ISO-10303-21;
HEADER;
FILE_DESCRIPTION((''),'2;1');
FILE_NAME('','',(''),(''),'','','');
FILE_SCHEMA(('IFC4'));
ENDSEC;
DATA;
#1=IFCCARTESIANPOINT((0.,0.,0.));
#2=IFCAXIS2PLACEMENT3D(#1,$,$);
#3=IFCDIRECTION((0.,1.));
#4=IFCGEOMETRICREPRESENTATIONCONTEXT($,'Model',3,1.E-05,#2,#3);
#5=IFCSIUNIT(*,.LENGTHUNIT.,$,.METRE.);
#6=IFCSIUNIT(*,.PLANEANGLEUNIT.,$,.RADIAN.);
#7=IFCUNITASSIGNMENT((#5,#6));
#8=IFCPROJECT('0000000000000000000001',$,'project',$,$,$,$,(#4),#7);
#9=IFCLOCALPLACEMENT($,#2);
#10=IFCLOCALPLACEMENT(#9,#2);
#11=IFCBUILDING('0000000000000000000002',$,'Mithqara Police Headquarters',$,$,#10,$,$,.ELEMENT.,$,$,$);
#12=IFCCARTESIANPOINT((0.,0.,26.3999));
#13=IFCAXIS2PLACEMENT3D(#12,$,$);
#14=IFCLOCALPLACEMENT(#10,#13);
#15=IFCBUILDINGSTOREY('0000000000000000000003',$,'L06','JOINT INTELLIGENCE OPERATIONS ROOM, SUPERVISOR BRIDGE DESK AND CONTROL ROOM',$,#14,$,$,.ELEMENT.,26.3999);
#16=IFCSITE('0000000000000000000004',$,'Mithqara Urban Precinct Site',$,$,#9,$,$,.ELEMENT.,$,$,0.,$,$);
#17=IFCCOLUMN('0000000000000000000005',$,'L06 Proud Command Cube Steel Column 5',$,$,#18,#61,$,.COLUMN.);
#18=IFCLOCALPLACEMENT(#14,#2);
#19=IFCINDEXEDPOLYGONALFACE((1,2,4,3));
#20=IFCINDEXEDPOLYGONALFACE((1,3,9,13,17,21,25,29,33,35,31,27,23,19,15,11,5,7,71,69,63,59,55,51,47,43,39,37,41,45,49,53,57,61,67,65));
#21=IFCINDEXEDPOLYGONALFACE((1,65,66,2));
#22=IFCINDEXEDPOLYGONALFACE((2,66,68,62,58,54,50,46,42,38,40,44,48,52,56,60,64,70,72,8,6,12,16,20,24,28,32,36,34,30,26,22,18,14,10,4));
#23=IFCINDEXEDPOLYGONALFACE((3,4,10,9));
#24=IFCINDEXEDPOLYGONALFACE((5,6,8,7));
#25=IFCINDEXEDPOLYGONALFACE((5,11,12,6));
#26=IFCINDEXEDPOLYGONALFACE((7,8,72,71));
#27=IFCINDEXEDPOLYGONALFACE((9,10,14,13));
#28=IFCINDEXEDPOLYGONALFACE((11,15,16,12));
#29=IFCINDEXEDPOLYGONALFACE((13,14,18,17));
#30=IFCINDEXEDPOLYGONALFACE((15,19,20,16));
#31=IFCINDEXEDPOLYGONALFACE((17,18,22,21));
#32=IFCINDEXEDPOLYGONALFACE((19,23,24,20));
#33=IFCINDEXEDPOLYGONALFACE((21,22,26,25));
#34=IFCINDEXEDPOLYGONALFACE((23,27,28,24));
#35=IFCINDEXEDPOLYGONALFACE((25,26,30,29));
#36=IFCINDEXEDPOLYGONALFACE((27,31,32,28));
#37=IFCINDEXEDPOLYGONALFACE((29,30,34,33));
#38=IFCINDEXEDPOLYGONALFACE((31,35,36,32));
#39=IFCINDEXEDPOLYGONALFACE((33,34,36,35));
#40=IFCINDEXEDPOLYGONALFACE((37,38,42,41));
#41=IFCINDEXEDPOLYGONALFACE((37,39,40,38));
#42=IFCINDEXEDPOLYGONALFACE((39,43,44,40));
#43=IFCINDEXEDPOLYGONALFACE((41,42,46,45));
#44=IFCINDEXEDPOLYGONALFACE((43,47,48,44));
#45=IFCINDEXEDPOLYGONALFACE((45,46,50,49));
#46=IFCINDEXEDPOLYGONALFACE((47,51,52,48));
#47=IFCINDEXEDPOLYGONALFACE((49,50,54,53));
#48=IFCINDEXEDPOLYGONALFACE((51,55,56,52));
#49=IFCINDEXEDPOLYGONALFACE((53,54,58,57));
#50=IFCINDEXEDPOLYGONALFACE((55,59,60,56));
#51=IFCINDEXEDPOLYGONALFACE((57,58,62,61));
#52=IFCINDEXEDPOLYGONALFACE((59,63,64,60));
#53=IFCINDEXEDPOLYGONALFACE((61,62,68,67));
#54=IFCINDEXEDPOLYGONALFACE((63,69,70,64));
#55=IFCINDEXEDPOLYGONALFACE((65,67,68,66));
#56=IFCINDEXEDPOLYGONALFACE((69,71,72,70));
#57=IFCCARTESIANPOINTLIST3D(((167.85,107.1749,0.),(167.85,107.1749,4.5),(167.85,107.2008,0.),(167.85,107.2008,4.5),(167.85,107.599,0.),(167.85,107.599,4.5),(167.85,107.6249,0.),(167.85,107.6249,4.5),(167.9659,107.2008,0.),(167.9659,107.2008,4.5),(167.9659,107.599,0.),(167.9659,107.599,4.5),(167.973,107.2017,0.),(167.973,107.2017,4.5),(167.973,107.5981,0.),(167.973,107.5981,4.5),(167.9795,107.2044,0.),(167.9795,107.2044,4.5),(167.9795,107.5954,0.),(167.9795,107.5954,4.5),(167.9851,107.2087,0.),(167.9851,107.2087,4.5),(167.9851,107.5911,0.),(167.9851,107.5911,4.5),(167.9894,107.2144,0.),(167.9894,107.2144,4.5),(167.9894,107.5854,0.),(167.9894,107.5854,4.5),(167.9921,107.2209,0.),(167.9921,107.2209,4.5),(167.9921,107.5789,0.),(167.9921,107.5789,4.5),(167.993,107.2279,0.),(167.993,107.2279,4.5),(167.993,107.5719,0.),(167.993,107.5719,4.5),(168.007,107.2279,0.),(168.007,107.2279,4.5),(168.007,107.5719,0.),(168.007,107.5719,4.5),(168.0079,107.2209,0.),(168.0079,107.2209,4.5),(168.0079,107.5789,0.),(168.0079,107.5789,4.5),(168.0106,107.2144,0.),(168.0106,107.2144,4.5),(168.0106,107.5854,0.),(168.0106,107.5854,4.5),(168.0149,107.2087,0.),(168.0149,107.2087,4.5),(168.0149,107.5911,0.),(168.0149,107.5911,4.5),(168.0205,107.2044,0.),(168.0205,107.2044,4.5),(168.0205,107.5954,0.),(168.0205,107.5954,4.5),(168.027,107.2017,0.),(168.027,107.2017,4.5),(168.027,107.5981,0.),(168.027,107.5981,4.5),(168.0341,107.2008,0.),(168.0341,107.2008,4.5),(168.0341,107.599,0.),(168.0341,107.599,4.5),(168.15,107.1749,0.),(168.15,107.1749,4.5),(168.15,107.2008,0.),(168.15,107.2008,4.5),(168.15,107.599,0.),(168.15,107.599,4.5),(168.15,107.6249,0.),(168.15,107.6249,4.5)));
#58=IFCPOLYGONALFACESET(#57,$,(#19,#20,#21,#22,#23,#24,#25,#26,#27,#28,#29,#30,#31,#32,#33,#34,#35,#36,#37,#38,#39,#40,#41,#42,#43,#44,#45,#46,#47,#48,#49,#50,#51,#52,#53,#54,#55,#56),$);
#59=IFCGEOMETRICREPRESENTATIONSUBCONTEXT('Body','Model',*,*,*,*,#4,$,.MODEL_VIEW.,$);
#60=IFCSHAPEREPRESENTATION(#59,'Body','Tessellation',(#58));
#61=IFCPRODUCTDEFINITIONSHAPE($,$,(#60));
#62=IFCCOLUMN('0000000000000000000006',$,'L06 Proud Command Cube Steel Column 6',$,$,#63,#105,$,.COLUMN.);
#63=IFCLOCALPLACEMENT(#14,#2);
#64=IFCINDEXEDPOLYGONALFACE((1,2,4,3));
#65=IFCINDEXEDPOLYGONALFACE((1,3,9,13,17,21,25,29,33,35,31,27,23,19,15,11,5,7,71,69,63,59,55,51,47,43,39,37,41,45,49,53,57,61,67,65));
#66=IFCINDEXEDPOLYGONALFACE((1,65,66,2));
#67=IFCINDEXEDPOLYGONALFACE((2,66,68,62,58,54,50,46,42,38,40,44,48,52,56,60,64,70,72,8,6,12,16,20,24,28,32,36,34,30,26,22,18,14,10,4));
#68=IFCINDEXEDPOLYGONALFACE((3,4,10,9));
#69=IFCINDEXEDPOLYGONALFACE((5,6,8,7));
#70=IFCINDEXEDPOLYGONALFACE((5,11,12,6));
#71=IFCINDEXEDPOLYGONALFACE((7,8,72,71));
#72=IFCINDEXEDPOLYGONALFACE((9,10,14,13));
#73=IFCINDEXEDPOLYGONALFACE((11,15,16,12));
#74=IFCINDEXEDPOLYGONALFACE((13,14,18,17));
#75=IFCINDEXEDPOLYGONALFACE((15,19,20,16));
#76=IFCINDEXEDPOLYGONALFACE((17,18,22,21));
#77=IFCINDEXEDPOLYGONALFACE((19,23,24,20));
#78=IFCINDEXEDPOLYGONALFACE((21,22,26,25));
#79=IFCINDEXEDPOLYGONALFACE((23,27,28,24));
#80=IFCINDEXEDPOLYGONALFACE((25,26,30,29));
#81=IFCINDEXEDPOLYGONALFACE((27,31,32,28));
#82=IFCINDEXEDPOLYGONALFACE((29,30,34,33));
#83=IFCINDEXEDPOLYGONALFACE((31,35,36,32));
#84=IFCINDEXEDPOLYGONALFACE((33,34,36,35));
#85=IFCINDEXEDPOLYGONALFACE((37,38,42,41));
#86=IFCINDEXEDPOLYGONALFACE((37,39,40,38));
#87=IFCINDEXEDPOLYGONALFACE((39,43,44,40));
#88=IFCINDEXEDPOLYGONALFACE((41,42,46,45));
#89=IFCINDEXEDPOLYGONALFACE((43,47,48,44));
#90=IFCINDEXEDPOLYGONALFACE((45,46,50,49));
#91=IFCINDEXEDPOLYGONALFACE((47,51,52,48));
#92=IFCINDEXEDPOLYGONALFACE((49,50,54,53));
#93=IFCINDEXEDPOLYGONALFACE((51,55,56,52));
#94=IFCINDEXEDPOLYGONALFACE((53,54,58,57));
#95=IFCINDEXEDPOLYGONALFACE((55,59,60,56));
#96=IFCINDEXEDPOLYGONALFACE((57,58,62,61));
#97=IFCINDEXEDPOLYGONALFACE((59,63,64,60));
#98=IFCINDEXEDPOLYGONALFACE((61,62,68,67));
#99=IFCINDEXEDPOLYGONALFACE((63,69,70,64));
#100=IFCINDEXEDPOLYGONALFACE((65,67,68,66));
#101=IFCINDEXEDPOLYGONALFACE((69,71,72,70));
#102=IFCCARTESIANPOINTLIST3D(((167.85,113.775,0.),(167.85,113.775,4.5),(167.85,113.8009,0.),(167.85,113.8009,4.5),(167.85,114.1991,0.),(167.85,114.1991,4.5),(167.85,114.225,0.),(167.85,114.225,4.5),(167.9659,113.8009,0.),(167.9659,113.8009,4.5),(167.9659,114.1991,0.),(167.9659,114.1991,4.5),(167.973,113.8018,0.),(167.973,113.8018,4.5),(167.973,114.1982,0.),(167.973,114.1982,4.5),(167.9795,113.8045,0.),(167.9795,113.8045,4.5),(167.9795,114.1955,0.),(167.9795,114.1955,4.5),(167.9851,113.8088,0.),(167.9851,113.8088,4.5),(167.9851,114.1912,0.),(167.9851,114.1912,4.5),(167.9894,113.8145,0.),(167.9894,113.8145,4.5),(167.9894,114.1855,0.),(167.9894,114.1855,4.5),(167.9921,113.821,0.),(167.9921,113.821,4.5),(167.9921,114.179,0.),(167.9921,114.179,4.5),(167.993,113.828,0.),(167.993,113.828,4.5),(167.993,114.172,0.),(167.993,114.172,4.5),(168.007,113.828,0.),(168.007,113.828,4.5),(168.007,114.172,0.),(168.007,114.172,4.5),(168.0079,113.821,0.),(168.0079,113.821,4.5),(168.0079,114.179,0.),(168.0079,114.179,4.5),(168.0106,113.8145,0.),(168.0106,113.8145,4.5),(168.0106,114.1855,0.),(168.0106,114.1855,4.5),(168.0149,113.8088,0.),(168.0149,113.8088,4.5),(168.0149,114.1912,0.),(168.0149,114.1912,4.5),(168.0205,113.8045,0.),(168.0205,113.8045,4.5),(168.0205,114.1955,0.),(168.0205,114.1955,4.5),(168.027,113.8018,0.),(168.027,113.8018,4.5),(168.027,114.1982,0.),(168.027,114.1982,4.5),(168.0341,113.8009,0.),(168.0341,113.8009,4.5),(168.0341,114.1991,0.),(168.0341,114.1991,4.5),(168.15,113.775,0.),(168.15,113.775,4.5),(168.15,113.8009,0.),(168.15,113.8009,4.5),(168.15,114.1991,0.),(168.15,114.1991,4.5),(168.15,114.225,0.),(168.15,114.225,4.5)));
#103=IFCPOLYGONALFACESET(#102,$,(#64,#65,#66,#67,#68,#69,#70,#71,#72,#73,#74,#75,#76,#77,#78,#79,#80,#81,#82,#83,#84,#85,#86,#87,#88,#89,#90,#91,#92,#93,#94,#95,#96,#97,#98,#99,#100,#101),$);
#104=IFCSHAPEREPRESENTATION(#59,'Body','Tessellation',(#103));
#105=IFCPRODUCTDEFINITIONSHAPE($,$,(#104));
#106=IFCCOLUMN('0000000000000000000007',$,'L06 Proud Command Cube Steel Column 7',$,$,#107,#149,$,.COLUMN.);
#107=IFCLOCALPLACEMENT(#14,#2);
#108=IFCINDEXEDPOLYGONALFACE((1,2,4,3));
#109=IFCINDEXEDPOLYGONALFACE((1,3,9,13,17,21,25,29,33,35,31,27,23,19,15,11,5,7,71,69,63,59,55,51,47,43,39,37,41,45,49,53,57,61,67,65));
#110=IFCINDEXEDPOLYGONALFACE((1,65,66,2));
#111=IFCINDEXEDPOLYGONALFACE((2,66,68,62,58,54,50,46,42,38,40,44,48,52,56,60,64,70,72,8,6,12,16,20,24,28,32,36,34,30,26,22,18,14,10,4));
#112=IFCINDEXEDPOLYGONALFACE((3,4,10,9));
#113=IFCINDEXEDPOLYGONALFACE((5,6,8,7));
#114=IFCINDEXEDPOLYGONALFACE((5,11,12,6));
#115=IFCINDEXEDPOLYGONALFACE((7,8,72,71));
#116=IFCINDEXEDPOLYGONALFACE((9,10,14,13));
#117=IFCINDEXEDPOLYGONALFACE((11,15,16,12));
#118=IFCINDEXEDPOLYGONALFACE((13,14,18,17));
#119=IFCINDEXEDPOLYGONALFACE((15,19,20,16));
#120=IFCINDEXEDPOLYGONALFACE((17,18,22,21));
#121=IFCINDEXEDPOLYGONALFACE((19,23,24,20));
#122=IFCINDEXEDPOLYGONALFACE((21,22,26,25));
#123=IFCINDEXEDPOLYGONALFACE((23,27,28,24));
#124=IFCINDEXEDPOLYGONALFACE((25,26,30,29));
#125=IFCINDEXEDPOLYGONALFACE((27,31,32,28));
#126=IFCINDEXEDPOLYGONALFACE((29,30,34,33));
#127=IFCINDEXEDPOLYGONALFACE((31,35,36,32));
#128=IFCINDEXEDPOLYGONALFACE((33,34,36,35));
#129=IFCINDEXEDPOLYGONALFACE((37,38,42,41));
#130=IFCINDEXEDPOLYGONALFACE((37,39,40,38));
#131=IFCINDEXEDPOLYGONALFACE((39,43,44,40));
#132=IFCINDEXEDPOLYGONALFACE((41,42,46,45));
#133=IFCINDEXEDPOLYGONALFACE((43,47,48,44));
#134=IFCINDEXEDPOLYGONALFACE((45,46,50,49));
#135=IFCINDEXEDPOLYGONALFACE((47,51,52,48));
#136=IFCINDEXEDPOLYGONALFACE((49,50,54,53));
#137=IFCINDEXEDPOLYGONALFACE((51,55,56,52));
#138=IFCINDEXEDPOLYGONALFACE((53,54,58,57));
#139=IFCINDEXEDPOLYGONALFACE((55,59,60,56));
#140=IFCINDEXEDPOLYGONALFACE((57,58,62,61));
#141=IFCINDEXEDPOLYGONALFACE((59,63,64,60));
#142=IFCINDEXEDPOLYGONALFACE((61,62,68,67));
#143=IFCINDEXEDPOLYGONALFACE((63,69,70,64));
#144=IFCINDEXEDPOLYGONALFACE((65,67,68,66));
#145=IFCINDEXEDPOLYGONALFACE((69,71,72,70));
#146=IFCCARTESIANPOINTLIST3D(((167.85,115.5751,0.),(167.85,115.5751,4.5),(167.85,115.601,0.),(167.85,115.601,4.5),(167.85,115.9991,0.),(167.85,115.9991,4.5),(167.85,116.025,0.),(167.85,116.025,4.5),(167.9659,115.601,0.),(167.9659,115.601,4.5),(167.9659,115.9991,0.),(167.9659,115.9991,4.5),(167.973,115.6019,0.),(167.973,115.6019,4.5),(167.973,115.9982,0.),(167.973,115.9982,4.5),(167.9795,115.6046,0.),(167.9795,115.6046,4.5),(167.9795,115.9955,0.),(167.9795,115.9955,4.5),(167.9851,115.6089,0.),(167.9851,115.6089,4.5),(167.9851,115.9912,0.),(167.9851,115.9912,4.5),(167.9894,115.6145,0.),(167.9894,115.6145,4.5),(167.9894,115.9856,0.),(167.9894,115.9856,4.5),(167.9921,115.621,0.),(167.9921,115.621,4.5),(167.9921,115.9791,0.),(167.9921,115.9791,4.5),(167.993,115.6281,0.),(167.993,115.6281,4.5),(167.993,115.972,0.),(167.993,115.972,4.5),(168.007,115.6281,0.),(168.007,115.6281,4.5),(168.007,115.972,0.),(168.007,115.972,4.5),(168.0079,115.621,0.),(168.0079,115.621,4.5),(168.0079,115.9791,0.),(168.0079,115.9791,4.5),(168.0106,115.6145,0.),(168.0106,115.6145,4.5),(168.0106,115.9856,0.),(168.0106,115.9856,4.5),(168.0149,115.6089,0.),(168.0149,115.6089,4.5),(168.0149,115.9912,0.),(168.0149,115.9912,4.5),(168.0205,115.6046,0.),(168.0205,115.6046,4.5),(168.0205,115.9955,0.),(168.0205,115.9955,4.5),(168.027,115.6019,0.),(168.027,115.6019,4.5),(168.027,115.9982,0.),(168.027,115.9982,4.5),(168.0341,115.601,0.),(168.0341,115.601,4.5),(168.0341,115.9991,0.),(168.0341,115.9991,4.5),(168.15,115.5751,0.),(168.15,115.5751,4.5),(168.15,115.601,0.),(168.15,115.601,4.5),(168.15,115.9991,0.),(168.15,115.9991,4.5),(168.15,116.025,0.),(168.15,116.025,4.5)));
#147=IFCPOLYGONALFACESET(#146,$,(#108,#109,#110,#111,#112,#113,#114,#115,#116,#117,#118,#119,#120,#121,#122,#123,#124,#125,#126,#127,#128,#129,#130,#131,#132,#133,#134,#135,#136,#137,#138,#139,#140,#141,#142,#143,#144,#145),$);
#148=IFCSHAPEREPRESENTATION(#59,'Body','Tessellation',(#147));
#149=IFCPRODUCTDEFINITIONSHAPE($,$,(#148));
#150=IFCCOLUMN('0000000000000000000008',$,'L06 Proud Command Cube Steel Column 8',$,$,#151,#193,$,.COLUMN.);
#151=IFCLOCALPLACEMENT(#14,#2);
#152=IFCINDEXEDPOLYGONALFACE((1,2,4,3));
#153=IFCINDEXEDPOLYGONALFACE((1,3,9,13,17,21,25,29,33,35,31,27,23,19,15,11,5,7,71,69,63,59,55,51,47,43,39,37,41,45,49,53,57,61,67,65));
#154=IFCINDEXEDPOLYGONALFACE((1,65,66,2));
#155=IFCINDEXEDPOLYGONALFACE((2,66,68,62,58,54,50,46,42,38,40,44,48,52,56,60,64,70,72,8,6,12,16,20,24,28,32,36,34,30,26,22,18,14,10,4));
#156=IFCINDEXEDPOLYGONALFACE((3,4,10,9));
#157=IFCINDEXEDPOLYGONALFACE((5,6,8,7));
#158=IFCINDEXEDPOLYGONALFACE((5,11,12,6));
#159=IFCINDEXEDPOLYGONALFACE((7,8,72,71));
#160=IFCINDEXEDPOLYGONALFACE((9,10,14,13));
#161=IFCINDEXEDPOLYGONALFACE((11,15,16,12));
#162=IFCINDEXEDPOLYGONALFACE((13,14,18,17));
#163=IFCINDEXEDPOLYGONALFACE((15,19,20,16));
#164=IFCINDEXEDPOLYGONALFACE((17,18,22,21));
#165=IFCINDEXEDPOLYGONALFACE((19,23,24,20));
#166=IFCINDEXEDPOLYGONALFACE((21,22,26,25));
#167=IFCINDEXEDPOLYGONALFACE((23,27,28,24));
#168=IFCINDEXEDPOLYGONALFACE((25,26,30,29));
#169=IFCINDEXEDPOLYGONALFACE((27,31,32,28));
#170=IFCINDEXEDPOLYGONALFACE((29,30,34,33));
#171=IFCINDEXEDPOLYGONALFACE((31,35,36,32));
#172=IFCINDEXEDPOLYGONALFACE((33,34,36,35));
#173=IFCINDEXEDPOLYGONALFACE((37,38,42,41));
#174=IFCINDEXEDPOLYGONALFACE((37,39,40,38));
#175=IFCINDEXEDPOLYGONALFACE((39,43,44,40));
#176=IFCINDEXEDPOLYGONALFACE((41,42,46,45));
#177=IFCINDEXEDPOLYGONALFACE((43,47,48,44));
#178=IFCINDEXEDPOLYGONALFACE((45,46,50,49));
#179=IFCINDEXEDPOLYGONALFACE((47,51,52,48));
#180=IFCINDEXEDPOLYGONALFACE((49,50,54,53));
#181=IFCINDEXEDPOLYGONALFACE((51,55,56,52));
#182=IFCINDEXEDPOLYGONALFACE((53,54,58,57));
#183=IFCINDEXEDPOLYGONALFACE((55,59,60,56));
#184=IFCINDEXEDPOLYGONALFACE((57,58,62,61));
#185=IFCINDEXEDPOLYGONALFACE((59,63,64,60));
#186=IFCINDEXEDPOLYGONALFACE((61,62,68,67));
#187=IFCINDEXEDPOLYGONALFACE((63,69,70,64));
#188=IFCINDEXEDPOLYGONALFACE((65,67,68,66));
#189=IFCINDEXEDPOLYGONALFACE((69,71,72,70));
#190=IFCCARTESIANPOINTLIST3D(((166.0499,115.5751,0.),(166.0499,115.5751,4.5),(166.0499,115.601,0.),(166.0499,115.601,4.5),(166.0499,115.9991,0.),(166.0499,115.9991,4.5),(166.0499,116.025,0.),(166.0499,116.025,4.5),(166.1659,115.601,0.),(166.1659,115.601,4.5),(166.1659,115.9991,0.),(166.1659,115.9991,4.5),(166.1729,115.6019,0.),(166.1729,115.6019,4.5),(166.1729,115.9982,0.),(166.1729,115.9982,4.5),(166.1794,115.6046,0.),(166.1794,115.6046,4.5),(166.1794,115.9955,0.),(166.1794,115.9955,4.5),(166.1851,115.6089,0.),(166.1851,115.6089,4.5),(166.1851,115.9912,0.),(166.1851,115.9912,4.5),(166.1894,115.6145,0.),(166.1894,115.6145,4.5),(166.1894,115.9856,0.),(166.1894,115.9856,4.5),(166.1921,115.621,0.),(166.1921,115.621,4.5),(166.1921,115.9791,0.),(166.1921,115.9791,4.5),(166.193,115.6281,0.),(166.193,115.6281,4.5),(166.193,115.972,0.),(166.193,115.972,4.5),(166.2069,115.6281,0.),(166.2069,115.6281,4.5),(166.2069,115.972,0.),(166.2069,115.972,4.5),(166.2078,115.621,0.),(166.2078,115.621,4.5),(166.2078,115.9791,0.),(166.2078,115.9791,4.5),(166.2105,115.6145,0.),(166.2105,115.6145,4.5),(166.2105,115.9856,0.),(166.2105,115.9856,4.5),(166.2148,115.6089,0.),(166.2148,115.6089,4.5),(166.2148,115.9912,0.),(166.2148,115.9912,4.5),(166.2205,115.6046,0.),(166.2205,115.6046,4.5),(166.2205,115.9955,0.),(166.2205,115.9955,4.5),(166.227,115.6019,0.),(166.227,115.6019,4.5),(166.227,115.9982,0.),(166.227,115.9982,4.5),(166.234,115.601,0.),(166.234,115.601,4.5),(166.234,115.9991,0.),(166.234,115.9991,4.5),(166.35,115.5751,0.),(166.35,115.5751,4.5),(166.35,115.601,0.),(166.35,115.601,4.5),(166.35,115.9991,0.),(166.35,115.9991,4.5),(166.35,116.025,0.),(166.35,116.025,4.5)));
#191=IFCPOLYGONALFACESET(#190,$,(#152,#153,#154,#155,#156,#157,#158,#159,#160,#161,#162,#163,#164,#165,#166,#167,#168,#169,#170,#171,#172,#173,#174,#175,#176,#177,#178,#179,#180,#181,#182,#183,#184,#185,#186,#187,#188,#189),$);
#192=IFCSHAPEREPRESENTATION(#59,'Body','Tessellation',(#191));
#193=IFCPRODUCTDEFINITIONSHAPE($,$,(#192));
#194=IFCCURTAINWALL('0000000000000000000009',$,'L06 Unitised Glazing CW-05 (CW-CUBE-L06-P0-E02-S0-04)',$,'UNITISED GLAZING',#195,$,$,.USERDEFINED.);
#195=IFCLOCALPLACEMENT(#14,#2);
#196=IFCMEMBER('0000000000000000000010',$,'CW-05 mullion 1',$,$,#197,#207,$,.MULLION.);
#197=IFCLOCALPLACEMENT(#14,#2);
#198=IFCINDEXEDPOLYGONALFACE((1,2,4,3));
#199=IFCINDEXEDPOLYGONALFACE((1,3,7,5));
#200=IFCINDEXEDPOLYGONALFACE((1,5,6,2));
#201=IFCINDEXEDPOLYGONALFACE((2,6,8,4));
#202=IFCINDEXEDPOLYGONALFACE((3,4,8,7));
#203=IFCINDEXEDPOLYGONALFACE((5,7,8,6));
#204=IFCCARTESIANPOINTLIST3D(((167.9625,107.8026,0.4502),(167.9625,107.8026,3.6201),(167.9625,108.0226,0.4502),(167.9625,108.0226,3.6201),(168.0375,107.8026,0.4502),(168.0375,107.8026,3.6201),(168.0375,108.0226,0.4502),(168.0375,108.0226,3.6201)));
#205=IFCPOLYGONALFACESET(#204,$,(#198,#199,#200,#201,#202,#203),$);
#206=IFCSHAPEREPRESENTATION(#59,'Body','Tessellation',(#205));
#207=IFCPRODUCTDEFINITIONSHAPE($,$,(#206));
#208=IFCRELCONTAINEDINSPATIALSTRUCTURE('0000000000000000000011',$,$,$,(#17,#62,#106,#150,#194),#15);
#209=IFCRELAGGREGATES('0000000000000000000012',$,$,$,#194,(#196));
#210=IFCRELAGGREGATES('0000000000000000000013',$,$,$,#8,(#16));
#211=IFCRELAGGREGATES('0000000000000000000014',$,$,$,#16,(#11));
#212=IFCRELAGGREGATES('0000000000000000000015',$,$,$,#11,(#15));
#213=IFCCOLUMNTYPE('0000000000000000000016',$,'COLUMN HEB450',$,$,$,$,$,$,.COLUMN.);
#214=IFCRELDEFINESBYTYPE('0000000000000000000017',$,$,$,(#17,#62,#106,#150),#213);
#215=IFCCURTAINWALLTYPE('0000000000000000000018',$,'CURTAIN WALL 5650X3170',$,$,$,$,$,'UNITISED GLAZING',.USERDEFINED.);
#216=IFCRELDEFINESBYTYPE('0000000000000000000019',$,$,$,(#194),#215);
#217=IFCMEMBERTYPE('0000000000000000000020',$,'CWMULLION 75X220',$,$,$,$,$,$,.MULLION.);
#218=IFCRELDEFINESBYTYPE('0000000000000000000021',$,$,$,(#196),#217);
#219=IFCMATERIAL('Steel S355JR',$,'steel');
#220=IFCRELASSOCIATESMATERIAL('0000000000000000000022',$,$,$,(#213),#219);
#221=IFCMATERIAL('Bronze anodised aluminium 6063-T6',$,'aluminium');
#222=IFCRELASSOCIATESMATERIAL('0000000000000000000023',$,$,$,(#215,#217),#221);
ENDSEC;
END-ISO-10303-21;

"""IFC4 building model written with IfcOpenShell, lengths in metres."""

from ifc_helpers import new_model, si_unit, direction, frame, origin, origin_2d, place, context, subcontext, project, spatial, rectangle, i_section, extrude, material, material_profile, profile_set, type_object, element, aggregate, save


model = new_model("IFC4")

# Units and contexts
model_context = context("Model", 3, precision=1e-05, world=origin(), true_north=direction((0.0, 1.0)))
body_context = subcontext(model_context, "Body", "Model", "MODEL_VIEW")
ifc_project = project(units=[si_unit("LENGTHUNIT", "METRE"), si_unit("PLANEANGLEUNIT", "RADIAN")], contexts=[model_context])

# Site, building, storey
site_placement = place(None, origin())
site = spatial("IfcSite", under=ifc_project, at=site_placement, Name="Mithqara Urban Precinct Site", CompositionType="ELEMENT", RefElevation=0.0)
building_placement = place(site_placement, origin())
building = spatial("IfcBuilding", under=site, at=building_placement, Name="Mithqara Police Headquarters", CompositionType="ELEMENT")
storey_placement = place(building_placement, frame((0.0, 0.0, 26.3999)))
storey = spatial("IfcBuildingStorey", under=building, at=storey_placement, Name="L06", Description="JOINT INTELLIGENCE OPERATIONS ROOM, SUPERVISOR BRIDGE DESK AND CONTROL ROOM", CompositionType="ELEMENT", Elevation=26.3999)

# Columns
ifc_material_1 = material(Name="Steel S355JR", Category="steel")
ifc_material_profile_1 = material_profile(ifc_material_1, i_section(OverallWidth=0.3, OverallDepth=0.45, WebThickness=0.0139, FlangeThickness=0.0259, FilletRadius=0.0271, at=origin_2d()), Name="HEB 450")
ifc_profile_set_1 = profile_set([ifc_material_profile_1], Name="Steel S355JR")
column_type = type_object("IfcColumnType", Name="COLUMN HEB450", PredefinedType="COLUMN", material=ifc_profile_set_1)
for number, where, z_axis, x_axis, name in (
    (1, (168.0, 107.3999, 0.0), (0.0, 0.0, 1.0), (1.0, 0.0, 0.0), "L06 Proud Command Cube Steel Column 5"),
    (2, (168.0, 114.0, 0.0), (0.0, 0.0, 1.0), (1.0, 0.0, 0.0), "L06 Proud Command Cube Steel Column 6"),
    (3, (168.0, 115.8, 0.0), (0.0, 0.0, 1.0), (1.0, 0.0, 0.0), "L06 Proud Command Cube Steel Column 7"),
    (4, (166.2, 115.8, 0.0), (0.0, 0.0, 1.0), (1.0, 0.0, 0.0), "L06 Proud Command Cube Steel Column 8"),
):
    element("IfcColumn", number, at=place(storey_placement, frame(where, z_axis=z_axis, x_axis=x_axis)), inside=storey, type_object=column_type, Name=name, PredefinedType="COLUMN", context=body_context, shape_type="SweptSolid", body=[
        extrude(i_section(OverallWidth=0.3, OverallDepth=0.45, WebThickness=0.0139, FlangeThickness=0.0259, FilletRadius=0.0271, at=origin_2d()), origin(), (0.0, 0.0, 1.0), 4.5),
    ])

# Curtain wall, member
ifc_material_2 = material(Name="Bronze anodised aluminium 6063-T6", Category="aluminium")
curtain_wall_type_1 = type_object("IfcCurtainWallType", Name="CURTAIN WALL 5650X3170", ElementType="UNITISED GLAZING", PredefinedType="USERDEFINED", material=ifc_material_2)
curtain_wall_1_placement = place(storey_placement, origin())
curtain_wall_1 = element("IfcCurtainWall", 5, at=curtain_wall_1_placement, inside=storey, type_object=curtain_wall_type_1, Name="L06 Unitised Glazing CW-05 (CW-CUBE-L06-P0-E02-S0-04)", ObjectType="UNITISED GLAZING", PredefinedType="USERDEFINED")
ifc_material_profile_2 = material_profile(ifc_material_2, rectangle(XDim=0.075, YDim=0.22, at=origin_2d()), Name="CWM 75x220")
ifc_profile_set_2 = profile_set([ifc_material_profile_2], Name="Bronze anodised aluminium 6063-T6")
member_type_1 = type_object("IfcMemberType", Name="CWMULLION 75X220", PredefinedType="MULLION", material=ifc_profile_set_2)
member_1_placement = place(storey_placement, frame((168.0, 107.9126, 0.4502), z_axis=(0.0, 0.0, 1.0), x_axis=(-1.0, 0.0, 0.0)))
member_1 = element("IfcMember", 6, at=member_1_placement, type_object=member_type_1, Name="CW-05 mullion 1", PredefinedType="MULLION", context=body_context, shape_type="SweptSolid", body=[
    extrude(rectangle(XDim=0.075, YDim=0.22, at=origin_2d()), origin(), (0.0, 0.0, 1.0), 3.1699),
])

aggregate(curtain_wall_1, [member_1])

save(model, "model.ifc")
